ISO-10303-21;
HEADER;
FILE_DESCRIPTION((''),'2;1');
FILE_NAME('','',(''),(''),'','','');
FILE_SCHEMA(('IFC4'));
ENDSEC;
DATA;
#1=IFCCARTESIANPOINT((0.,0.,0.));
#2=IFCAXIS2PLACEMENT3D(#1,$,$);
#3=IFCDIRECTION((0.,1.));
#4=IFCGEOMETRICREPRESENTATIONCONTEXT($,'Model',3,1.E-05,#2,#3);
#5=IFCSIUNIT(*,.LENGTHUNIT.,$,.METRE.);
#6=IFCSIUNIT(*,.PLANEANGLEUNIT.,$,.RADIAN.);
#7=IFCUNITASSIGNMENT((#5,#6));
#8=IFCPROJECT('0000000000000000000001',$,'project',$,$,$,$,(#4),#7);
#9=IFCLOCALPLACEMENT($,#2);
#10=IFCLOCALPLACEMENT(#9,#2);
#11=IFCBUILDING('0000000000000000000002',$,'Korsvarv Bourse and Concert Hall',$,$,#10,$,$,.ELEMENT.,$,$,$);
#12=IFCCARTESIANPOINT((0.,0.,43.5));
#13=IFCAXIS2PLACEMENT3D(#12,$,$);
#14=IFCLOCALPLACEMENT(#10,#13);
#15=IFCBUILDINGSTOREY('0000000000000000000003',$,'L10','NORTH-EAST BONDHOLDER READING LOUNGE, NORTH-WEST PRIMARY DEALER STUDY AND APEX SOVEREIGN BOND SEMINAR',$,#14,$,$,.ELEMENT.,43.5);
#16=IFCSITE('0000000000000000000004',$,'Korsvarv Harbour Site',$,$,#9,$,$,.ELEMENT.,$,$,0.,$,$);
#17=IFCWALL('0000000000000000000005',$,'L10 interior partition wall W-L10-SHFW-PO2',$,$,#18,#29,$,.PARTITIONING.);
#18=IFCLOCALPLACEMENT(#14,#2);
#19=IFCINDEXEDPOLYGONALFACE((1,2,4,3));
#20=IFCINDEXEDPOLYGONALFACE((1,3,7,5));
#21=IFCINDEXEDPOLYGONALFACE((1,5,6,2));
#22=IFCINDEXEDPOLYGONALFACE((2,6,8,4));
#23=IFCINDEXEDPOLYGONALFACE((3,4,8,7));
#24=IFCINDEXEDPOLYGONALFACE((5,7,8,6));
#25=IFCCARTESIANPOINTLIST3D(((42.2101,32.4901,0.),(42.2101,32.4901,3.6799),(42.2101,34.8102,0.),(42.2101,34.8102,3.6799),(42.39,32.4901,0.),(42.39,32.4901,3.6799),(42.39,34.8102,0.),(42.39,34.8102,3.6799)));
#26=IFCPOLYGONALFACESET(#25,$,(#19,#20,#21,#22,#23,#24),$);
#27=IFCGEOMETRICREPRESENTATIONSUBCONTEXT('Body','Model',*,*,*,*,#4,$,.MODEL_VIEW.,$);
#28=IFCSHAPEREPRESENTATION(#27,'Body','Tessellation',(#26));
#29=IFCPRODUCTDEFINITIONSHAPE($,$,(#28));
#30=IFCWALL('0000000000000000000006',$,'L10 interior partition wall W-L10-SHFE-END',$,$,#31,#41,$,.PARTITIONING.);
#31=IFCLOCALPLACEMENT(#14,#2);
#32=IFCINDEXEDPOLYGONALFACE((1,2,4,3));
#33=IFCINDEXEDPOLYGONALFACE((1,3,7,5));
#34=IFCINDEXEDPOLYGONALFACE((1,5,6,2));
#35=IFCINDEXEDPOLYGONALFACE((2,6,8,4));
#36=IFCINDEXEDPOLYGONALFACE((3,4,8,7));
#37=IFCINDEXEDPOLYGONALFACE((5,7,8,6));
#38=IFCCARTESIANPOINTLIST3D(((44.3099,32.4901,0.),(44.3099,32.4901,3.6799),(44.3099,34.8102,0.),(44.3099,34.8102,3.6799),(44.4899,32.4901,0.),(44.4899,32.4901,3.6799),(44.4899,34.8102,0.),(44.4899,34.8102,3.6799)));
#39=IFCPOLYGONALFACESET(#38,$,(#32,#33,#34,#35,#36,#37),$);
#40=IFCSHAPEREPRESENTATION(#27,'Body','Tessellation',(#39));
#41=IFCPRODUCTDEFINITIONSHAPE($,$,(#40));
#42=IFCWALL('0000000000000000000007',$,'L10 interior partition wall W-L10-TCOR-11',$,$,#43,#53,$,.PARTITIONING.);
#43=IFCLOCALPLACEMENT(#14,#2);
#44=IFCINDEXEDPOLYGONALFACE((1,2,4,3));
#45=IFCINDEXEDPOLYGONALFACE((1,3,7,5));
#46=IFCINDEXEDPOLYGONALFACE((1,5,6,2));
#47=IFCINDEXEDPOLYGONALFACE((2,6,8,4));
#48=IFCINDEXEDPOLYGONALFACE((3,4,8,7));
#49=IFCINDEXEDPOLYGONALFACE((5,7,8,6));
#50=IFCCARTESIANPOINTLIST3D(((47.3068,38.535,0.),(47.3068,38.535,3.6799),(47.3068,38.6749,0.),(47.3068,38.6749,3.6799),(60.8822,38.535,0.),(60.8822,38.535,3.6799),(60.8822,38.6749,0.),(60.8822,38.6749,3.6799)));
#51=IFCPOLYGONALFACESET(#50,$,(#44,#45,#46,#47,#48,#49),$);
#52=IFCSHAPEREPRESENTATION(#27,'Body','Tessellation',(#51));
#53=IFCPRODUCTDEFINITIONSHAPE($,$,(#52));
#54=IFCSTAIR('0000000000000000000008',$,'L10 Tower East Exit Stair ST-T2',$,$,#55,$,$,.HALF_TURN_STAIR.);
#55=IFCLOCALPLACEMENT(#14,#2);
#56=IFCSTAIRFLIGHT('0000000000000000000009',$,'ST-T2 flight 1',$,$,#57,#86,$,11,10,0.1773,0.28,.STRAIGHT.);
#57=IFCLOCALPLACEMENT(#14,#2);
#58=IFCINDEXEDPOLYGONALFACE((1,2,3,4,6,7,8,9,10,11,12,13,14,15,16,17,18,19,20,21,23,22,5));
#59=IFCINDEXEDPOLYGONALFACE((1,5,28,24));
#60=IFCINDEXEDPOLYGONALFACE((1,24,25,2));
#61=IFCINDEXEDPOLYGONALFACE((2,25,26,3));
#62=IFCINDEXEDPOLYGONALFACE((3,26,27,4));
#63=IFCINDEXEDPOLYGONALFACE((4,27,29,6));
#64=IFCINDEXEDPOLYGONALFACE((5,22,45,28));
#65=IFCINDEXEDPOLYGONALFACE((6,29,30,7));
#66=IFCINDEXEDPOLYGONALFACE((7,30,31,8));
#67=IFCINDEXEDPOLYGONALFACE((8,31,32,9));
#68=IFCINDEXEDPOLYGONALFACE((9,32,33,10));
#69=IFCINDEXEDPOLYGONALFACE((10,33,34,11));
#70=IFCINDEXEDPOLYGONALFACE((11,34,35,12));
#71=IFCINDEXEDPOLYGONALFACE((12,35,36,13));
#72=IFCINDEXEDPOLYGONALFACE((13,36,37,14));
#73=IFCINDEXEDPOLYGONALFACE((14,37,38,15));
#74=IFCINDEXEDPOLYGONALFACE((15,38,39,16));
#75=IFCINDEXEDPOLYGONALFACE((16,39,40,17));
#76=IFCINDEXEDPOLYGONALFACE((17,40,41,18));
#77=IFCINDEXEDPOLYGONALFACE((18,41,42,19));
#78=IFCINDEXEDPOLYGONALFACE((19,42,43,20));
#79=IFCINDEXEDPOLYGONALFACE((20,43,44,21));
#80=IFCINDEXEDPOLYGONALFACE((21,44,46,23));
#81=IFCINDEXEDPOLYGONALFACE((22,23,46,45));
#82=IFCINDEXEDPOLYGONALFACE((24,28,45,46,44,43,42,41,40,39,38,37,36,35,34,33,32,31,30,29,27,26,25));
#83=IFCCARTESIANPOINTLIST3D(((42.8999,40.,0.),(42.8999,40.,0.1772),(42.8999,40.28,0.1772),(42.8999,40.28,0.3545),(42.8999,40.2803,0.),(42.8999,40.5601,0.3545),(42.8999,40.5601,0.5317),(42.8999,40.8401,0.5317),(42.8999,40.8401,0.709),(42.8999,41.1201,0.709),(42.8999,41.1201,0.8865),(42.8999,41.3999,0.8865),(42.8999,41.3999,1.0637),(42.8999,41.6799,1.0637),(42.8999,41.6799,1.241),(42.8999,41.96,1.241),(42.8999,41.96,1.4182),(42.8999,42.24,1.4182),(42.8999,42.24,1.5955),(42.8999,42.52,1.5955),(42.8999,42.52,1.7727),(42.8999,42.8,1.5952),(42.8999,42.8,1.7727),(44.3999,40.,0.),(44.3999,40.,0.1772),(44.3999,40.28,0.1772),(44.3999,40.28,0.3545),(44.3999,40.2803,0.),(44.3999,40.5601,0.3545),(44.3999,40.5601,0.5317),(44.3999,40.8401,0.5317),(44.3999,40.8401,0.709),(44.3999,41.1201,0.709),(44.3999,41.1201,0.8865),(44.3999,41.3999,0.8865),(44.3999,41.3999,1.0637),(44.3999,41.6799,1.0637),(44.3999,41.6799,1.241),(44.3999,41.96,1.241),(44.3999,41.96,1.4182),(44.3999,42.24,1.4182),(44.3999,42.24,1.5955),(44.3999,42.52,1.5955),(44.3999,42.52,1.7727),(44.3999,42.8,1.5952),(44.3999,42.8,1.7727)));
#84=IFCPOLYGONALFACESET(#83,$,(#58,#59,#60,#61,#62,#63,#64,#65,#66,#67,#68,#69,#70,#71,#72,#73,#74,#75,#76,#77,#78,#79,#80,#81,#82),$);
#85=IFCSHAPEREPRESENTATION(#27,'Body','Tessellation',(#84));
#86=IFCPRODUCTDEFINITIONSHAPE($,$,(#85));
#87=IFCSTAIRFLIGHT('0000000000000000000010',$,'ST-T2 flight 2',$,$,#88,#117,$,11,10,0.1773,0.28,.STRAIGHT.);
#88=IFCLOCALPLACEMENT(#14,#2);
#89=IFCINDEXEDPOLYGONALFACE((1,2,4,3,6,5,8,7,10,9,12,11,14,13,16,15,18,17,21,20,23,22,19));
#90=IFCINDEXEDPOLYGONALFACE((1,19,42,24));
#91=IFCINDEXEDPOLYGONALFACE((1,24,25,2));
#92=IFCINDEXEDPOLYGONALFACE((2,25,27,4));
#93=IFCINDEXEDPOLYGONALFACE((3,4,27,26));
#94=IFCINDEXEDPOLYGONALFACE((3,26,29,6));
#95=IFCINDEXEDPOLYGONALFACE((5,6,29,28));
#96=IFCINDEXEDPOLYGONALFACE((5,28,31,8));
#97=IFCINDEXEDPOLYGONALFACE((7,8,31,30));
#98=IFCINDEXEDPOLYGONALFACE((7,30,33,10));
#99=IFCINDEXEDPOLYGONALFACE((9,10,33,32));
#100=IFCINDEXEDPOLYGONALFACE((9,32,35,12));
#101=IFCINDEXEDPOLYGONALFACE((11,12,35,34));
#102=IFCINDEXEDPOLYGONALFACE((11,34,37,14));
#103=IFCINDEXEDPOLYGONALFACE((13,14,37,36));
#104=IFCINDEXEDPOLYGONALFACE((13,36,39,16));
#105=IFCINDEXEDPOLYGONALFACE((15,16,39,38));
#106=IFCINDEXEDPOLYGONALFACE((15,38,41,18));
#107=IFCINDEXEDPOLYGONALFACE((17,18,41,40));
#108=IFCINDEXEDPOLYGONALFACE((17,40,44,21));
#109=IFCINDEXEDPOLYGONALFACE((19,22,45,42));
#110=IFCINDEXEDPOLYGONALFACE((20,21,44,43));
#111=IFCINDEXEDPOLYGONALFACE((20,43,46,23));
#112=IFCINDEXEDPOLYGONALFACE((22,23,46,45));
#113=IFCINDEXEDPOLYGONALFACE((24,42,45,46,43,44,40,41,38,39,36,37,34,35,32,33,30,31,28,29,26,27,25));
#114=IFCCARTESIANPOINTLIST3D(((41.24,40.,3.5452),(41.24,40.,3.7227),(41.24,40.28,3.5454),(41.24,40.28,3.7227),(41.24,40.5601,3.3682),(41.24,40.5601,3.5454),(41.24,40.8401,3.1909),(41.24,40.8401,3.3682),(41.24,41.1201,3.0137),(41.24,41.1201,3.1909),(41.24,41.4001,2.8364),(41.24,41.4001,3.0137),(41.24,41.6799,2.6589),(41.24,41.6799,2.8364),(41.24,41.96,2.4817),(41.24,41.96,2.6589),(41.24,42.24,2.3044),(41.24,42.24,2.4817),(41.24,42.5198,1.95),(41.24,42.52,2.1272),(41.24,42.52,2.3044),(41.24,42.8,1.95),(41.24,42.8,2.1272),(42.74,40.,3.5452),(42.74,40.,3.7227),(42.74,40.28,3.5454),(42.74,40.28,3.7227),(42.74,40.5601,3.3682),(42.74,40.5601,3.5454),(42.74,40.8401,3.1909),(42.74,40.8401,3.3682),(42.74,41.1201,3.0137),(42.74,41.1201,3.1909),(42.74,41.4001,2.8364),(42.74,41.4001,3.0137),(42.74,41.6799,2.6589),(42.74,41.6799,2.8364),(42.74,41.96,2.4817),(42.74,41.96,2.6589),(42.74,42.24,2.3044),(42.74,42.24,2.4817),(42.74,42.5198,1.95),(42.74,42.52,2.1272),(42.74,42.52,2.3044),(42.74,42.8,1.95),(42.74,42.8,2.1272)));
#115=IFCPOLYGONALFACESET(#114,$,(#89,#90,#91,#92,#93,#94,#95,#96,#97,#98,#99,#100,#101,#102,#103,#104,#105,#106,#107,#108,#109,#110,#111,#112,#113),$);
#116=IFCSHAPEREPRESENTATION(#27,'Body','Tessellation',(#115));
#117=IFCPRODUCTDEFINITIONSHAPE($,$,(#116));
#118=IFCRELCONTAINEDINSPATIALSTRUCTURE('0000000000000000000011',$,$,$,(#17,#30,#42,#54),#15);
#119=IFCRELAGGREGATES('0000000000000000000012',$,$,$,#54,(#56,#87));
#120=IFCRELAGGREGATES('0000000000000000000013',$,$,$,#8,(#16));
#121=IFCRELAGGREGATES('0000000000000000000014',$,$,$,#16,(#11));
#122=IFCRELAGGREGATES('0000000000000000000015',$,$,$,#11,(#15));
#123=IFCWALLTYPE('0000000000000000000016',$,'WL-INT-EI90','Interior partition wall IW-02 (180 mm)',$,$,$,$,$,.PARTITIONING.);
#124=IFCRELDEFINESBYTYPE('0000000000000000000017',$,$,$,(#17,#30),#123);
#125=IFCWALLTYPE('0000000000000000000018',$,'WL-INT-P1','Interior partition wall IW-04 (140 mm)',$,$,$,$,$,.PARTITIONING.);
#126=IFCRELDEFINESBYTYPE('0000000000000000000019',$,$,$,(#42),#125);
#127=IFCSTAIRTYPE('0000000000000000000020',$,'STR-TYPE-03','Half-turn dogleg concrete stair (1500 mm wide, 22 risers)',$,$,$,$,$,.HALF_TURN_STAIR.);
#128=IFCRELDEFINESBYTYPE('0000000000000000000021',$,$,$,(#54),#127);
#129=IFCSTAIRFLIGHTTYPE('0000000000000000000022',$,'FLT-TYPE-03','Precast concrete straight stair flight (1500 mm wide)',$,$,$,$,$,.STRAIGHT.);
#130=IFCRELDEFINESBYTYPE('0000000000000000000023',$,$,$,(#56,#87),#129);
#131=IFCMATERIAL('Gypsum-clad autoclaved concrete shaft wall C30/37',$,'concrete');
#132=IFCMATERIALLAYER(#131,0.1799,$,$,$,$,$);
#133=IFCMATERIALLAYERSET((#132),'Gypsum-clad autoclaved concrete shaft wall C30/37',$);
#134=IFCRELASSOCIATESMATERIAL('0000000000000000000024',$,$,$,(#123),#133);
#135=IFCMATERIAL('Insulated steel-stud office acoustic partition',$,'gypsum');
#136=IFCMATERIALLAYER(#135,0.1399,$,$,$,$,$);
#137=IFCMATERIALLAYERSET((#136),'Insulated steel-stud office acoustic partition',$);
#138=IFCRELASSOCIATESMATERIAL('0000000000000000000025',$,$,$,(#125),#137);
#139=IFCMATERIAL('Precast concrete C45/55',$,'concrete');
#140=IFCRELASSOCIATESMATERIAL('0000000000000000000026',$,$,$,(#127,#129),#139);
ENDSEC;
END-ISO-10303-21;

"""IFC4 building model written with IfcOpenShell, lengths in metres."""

from ifc_helpers import new_model, si_unit, direction, frame, frame_2d, origin, place, context, subcontext, project, spatial, polyline, rectangle, outline, extrude, material, layer, layer_set, type_object, element, aggregate, save


model = new_model("IFC4")

# Units and contexts
model_context = context("Model", 3, precision=1e-05, world=origin(), true_north=direction((0.0, 1.0)))
body_context = subcontext(model_context, "Body", "Model", "MODEL_VIEW")
ifc_project = project(units=[si_unit("LENGTHUNIT", "METRE"), si_unit("PLANEANGLEUNIT", "RADIAN")], contexts=[model_context])

# Site, building, storey
site_placement = place(None, origin())
site = spatial("IfcSite", under=ifc_project, at=site_placement, Name="Korsvarv Harbour Site", CompositionType="ELEMENT", RefElevation=0.0)
building_placement = place(site_placement, origin())
building = spatial("IfcBuilding", under=site, at=building_placement, Name="Korsvarv Bourse and Concert Hall", CompositionType="ELEMENT")
storey_placement = place(building_placement, frame((0.0, 0.0, 43.5)))
storey = spatial("IfcBuildingStorey", under=building, at=storey_placement, Name="L10", Description="NORTH-EAST BONDHOLDER READING LOUNGE, NORTH-WEST PRIMARY DEALER STUDY AND APEX SOVEREIGN BOND SEMINAR", CompositionType="ELEMENT", Elevation=43.5)

# Walls
ifc_material_1 = material(Name="Gypsum-clad autoclaved concrete shaft wall C30/37", Category="concrete")
ifc_layer_1 = layer(ifc_material_1, 0.1799)
ifc_layer_set_1 = layer_set([ifc_layer_1], Name="Gypsum-clad autoclaved concrete shaft wall C30/37")
wall_type_1 = type_object("IfcWallType", Name="WL-INT-EI90", Description="Interior partition wall IW-02 (180 mm)", PredefinedType="PARTITIONING", material=ifc_layer_set_1)
for number, where, z_axis, x_axis, name in (
    (1, (42.3, 32.49, 0.0), (0.0, 0.0, 1.0), (0.0, 1.0, 0.0), "L10 interior partition wall W-L10-SHFW-PO2"),
    (2, (44.3999, 32.49, 0.0), (0.0, 0.0, 1.0), (0.0, 1.0, 0.0), "L10 interior partition wall W-L10-SHFE-END"),
):
    element("IfcWall", number, at=place(storey_placement, frame(where, z_axis=z_axis, x_axis=x_axis)), inside=storey, type_object=wall_type_1, Name=name, PredefinedType="PARTITIONING", context=body_context, shape_type="SweptSolid", body=[
        extrude(rectangle(XDim=2.3201, YDim=0.1799, at=frame_2d((1.1602, 0.0))), origin(), (0.0, 0.0, 1.0), 3.6799),
    ])
ifc_material_2 = material(Name="Insulated steel-stud office acoustic partition", Category="gypsum")
ifc_layer_2 = layer(ifc_material_2, 0.1399)
ifc_layer_set_2 = layer_set([ifc_layer_2], Name="Insulated steel-stud office acoustic partition")
wall_type_2 = type_object("IfcWallType", Name="WL-INT-P1", Description="Interior partition wall IW-04 (140 mm)", PredefinedType="PARTITIONING", material=ifc_layer_set_2)
wall_1_placement = place(storey_placement, frame((47.3069, 38.605, 0.0), z_axis=(0.0, 0.0, 1.0), x_axis=(1.0, 0.0, 0.0)))
element("IfcWall", 3, at=wall_1_placement, inside=storey, type_object=wall_type_2, Name="L10 interior partition wall W-L10-TCOR-11", PredefinedType="PARTITIONING", context=body_context, shape_type="SweptSolid", body=[
    extrude(rectangle(XDim=13.5754, YDim=0.1399, at=frame_2d((6.7876, 0.0))), origin(), (0.0, 0.0, 1.0), 3.6799),
])

# Stair, stair flights
ifc_material_3 = material(Name="Precast concrete C45/55", Category="concrete")
stair_type = type_object("IfcStairType", Name="STR-TYPE-03", Description="Half-turn dogleg concrete stair (1500 mm wide, 22 risers)", PredefinedType="HALF_TURN_STAIR", material=ifc_material_3)
stair_placement = place(storey_placement, origin())
stair = element("IfcStair", 4, at=stair_placement, inside=storey, type_object=stair_type, Name="L10 Tower East Exit Stair ST-T2", PredefinedType="HALF_TURN_STAIR")
stair_flight_type = type_object("IfcStairFlightType", Name="FLT-TYPE-03", Description="Precast concrete straight stair flight (1500 mm wide)", PredefinedType="STRAIGHT", material=ifc_material_3)
stair_flight_1_placement = place(storey_placement, frame((43.6499, 40.0, 0.0), z_axis=(0.0, 0.0, 1.0), x_axis=(0.0, 1.0, 0.0)))
stair_flight_1 = element("IfcStairFlight", 5, at=stair_flight_1_placement, type_object=stair_flight_type, Name="ST-T2 flight 1", NumberOfRisers=11, NumberOfTreads=10, PredefinedType="STRAIGHT", RiserHeight=0.1773, TreadLength=0.28, context=body_context, shape_type="SweptSolid", body=[
    extrude(outline(polyline([(0.0, 0.0), (0.0, 0.1772), (0.28, 0.1772), (0.28, 0.3545), (0.5601, 0.3545), (0.5601, 0.5317), (0.8401, 0.5317), (0.8401, 0.709), (1.1201, 0.709), (1.1201, 0.8865), (1.3999, 0.8865), (1.3999, 1.0637), (1.6799, 1.0637), (1.6799, 1.241), (1.96, 1.241), (1.96, 1.4182), (2.24, 1.4182), (2.24, 1.5955), (2.52, 1.5955), (2.52, 1.7727), (2.8, 1.7727), (2.8, 1.95), (2.8, 1.5952), (0.2803, 0.0), (0.0, 0.0)])), frame((0.0, 0.75, 0.0), z_axis=(0.0, -1.0, 0.0), x_axis=(1.0, 0.0, 0.0)), (0.0, 0.0, 1.0), 1.5),
])
stair_flight_2_placement = place(storey_placement, frame((41.99, 42.8, 1.95), z_axis=(0.0, 0.0, 1.0), x_axis=(0.0, -1.0, 0.0)))
stair_flight_2 = element("IfcStairFlight", 6, at=stair_flight_2_placement, type_object=stair_flight_type, Name="ST-T2 flight 2", NumberOfRisers=11, NumberOfTreads=10, PredefinedType="STRAIGHT", RiserHeight=0.1773, TreadLength=0.28, context=body_context, shape_type="SweptSolid", body=[
    extrude(outline(polyline([(0.0, 0.0), (0.0, 0.1772), (0.28, 0.1772), (0.28, 0.3545), (0.5601, 0.3545), (0.5601, 0.5317), (0.8401, 0.5317), (0.8401, 0.709), (1.1201, 0.709), (1.1201, 0.8865), (1.3999, 0.8865), (1.3999, 1.0637), (1.6799, 1.0637), (1.6799, 1.241), (1.96, 1.241), (1.96, 1.4182), (2.24, 1.4182), (2.24, 1.5955), (2.52, 1.5955), (2.52, 1.7727), (2.8, 1.7727), (2.8, 1.95), (2.8, 1.5952), (0.2803, 0.0), (0.0, 0.0)])), frame((0.0, 0.75, 0.0), z_axis=(0.0, -1.0, 0.0), x_axis=(1.0, 0.0, 0.0)), (0.0, 0.0, 1.0), 1.5),
])
aggregate(stair, [stair_flight_1, stair_flight_2])

save(model, "model.ifc")
